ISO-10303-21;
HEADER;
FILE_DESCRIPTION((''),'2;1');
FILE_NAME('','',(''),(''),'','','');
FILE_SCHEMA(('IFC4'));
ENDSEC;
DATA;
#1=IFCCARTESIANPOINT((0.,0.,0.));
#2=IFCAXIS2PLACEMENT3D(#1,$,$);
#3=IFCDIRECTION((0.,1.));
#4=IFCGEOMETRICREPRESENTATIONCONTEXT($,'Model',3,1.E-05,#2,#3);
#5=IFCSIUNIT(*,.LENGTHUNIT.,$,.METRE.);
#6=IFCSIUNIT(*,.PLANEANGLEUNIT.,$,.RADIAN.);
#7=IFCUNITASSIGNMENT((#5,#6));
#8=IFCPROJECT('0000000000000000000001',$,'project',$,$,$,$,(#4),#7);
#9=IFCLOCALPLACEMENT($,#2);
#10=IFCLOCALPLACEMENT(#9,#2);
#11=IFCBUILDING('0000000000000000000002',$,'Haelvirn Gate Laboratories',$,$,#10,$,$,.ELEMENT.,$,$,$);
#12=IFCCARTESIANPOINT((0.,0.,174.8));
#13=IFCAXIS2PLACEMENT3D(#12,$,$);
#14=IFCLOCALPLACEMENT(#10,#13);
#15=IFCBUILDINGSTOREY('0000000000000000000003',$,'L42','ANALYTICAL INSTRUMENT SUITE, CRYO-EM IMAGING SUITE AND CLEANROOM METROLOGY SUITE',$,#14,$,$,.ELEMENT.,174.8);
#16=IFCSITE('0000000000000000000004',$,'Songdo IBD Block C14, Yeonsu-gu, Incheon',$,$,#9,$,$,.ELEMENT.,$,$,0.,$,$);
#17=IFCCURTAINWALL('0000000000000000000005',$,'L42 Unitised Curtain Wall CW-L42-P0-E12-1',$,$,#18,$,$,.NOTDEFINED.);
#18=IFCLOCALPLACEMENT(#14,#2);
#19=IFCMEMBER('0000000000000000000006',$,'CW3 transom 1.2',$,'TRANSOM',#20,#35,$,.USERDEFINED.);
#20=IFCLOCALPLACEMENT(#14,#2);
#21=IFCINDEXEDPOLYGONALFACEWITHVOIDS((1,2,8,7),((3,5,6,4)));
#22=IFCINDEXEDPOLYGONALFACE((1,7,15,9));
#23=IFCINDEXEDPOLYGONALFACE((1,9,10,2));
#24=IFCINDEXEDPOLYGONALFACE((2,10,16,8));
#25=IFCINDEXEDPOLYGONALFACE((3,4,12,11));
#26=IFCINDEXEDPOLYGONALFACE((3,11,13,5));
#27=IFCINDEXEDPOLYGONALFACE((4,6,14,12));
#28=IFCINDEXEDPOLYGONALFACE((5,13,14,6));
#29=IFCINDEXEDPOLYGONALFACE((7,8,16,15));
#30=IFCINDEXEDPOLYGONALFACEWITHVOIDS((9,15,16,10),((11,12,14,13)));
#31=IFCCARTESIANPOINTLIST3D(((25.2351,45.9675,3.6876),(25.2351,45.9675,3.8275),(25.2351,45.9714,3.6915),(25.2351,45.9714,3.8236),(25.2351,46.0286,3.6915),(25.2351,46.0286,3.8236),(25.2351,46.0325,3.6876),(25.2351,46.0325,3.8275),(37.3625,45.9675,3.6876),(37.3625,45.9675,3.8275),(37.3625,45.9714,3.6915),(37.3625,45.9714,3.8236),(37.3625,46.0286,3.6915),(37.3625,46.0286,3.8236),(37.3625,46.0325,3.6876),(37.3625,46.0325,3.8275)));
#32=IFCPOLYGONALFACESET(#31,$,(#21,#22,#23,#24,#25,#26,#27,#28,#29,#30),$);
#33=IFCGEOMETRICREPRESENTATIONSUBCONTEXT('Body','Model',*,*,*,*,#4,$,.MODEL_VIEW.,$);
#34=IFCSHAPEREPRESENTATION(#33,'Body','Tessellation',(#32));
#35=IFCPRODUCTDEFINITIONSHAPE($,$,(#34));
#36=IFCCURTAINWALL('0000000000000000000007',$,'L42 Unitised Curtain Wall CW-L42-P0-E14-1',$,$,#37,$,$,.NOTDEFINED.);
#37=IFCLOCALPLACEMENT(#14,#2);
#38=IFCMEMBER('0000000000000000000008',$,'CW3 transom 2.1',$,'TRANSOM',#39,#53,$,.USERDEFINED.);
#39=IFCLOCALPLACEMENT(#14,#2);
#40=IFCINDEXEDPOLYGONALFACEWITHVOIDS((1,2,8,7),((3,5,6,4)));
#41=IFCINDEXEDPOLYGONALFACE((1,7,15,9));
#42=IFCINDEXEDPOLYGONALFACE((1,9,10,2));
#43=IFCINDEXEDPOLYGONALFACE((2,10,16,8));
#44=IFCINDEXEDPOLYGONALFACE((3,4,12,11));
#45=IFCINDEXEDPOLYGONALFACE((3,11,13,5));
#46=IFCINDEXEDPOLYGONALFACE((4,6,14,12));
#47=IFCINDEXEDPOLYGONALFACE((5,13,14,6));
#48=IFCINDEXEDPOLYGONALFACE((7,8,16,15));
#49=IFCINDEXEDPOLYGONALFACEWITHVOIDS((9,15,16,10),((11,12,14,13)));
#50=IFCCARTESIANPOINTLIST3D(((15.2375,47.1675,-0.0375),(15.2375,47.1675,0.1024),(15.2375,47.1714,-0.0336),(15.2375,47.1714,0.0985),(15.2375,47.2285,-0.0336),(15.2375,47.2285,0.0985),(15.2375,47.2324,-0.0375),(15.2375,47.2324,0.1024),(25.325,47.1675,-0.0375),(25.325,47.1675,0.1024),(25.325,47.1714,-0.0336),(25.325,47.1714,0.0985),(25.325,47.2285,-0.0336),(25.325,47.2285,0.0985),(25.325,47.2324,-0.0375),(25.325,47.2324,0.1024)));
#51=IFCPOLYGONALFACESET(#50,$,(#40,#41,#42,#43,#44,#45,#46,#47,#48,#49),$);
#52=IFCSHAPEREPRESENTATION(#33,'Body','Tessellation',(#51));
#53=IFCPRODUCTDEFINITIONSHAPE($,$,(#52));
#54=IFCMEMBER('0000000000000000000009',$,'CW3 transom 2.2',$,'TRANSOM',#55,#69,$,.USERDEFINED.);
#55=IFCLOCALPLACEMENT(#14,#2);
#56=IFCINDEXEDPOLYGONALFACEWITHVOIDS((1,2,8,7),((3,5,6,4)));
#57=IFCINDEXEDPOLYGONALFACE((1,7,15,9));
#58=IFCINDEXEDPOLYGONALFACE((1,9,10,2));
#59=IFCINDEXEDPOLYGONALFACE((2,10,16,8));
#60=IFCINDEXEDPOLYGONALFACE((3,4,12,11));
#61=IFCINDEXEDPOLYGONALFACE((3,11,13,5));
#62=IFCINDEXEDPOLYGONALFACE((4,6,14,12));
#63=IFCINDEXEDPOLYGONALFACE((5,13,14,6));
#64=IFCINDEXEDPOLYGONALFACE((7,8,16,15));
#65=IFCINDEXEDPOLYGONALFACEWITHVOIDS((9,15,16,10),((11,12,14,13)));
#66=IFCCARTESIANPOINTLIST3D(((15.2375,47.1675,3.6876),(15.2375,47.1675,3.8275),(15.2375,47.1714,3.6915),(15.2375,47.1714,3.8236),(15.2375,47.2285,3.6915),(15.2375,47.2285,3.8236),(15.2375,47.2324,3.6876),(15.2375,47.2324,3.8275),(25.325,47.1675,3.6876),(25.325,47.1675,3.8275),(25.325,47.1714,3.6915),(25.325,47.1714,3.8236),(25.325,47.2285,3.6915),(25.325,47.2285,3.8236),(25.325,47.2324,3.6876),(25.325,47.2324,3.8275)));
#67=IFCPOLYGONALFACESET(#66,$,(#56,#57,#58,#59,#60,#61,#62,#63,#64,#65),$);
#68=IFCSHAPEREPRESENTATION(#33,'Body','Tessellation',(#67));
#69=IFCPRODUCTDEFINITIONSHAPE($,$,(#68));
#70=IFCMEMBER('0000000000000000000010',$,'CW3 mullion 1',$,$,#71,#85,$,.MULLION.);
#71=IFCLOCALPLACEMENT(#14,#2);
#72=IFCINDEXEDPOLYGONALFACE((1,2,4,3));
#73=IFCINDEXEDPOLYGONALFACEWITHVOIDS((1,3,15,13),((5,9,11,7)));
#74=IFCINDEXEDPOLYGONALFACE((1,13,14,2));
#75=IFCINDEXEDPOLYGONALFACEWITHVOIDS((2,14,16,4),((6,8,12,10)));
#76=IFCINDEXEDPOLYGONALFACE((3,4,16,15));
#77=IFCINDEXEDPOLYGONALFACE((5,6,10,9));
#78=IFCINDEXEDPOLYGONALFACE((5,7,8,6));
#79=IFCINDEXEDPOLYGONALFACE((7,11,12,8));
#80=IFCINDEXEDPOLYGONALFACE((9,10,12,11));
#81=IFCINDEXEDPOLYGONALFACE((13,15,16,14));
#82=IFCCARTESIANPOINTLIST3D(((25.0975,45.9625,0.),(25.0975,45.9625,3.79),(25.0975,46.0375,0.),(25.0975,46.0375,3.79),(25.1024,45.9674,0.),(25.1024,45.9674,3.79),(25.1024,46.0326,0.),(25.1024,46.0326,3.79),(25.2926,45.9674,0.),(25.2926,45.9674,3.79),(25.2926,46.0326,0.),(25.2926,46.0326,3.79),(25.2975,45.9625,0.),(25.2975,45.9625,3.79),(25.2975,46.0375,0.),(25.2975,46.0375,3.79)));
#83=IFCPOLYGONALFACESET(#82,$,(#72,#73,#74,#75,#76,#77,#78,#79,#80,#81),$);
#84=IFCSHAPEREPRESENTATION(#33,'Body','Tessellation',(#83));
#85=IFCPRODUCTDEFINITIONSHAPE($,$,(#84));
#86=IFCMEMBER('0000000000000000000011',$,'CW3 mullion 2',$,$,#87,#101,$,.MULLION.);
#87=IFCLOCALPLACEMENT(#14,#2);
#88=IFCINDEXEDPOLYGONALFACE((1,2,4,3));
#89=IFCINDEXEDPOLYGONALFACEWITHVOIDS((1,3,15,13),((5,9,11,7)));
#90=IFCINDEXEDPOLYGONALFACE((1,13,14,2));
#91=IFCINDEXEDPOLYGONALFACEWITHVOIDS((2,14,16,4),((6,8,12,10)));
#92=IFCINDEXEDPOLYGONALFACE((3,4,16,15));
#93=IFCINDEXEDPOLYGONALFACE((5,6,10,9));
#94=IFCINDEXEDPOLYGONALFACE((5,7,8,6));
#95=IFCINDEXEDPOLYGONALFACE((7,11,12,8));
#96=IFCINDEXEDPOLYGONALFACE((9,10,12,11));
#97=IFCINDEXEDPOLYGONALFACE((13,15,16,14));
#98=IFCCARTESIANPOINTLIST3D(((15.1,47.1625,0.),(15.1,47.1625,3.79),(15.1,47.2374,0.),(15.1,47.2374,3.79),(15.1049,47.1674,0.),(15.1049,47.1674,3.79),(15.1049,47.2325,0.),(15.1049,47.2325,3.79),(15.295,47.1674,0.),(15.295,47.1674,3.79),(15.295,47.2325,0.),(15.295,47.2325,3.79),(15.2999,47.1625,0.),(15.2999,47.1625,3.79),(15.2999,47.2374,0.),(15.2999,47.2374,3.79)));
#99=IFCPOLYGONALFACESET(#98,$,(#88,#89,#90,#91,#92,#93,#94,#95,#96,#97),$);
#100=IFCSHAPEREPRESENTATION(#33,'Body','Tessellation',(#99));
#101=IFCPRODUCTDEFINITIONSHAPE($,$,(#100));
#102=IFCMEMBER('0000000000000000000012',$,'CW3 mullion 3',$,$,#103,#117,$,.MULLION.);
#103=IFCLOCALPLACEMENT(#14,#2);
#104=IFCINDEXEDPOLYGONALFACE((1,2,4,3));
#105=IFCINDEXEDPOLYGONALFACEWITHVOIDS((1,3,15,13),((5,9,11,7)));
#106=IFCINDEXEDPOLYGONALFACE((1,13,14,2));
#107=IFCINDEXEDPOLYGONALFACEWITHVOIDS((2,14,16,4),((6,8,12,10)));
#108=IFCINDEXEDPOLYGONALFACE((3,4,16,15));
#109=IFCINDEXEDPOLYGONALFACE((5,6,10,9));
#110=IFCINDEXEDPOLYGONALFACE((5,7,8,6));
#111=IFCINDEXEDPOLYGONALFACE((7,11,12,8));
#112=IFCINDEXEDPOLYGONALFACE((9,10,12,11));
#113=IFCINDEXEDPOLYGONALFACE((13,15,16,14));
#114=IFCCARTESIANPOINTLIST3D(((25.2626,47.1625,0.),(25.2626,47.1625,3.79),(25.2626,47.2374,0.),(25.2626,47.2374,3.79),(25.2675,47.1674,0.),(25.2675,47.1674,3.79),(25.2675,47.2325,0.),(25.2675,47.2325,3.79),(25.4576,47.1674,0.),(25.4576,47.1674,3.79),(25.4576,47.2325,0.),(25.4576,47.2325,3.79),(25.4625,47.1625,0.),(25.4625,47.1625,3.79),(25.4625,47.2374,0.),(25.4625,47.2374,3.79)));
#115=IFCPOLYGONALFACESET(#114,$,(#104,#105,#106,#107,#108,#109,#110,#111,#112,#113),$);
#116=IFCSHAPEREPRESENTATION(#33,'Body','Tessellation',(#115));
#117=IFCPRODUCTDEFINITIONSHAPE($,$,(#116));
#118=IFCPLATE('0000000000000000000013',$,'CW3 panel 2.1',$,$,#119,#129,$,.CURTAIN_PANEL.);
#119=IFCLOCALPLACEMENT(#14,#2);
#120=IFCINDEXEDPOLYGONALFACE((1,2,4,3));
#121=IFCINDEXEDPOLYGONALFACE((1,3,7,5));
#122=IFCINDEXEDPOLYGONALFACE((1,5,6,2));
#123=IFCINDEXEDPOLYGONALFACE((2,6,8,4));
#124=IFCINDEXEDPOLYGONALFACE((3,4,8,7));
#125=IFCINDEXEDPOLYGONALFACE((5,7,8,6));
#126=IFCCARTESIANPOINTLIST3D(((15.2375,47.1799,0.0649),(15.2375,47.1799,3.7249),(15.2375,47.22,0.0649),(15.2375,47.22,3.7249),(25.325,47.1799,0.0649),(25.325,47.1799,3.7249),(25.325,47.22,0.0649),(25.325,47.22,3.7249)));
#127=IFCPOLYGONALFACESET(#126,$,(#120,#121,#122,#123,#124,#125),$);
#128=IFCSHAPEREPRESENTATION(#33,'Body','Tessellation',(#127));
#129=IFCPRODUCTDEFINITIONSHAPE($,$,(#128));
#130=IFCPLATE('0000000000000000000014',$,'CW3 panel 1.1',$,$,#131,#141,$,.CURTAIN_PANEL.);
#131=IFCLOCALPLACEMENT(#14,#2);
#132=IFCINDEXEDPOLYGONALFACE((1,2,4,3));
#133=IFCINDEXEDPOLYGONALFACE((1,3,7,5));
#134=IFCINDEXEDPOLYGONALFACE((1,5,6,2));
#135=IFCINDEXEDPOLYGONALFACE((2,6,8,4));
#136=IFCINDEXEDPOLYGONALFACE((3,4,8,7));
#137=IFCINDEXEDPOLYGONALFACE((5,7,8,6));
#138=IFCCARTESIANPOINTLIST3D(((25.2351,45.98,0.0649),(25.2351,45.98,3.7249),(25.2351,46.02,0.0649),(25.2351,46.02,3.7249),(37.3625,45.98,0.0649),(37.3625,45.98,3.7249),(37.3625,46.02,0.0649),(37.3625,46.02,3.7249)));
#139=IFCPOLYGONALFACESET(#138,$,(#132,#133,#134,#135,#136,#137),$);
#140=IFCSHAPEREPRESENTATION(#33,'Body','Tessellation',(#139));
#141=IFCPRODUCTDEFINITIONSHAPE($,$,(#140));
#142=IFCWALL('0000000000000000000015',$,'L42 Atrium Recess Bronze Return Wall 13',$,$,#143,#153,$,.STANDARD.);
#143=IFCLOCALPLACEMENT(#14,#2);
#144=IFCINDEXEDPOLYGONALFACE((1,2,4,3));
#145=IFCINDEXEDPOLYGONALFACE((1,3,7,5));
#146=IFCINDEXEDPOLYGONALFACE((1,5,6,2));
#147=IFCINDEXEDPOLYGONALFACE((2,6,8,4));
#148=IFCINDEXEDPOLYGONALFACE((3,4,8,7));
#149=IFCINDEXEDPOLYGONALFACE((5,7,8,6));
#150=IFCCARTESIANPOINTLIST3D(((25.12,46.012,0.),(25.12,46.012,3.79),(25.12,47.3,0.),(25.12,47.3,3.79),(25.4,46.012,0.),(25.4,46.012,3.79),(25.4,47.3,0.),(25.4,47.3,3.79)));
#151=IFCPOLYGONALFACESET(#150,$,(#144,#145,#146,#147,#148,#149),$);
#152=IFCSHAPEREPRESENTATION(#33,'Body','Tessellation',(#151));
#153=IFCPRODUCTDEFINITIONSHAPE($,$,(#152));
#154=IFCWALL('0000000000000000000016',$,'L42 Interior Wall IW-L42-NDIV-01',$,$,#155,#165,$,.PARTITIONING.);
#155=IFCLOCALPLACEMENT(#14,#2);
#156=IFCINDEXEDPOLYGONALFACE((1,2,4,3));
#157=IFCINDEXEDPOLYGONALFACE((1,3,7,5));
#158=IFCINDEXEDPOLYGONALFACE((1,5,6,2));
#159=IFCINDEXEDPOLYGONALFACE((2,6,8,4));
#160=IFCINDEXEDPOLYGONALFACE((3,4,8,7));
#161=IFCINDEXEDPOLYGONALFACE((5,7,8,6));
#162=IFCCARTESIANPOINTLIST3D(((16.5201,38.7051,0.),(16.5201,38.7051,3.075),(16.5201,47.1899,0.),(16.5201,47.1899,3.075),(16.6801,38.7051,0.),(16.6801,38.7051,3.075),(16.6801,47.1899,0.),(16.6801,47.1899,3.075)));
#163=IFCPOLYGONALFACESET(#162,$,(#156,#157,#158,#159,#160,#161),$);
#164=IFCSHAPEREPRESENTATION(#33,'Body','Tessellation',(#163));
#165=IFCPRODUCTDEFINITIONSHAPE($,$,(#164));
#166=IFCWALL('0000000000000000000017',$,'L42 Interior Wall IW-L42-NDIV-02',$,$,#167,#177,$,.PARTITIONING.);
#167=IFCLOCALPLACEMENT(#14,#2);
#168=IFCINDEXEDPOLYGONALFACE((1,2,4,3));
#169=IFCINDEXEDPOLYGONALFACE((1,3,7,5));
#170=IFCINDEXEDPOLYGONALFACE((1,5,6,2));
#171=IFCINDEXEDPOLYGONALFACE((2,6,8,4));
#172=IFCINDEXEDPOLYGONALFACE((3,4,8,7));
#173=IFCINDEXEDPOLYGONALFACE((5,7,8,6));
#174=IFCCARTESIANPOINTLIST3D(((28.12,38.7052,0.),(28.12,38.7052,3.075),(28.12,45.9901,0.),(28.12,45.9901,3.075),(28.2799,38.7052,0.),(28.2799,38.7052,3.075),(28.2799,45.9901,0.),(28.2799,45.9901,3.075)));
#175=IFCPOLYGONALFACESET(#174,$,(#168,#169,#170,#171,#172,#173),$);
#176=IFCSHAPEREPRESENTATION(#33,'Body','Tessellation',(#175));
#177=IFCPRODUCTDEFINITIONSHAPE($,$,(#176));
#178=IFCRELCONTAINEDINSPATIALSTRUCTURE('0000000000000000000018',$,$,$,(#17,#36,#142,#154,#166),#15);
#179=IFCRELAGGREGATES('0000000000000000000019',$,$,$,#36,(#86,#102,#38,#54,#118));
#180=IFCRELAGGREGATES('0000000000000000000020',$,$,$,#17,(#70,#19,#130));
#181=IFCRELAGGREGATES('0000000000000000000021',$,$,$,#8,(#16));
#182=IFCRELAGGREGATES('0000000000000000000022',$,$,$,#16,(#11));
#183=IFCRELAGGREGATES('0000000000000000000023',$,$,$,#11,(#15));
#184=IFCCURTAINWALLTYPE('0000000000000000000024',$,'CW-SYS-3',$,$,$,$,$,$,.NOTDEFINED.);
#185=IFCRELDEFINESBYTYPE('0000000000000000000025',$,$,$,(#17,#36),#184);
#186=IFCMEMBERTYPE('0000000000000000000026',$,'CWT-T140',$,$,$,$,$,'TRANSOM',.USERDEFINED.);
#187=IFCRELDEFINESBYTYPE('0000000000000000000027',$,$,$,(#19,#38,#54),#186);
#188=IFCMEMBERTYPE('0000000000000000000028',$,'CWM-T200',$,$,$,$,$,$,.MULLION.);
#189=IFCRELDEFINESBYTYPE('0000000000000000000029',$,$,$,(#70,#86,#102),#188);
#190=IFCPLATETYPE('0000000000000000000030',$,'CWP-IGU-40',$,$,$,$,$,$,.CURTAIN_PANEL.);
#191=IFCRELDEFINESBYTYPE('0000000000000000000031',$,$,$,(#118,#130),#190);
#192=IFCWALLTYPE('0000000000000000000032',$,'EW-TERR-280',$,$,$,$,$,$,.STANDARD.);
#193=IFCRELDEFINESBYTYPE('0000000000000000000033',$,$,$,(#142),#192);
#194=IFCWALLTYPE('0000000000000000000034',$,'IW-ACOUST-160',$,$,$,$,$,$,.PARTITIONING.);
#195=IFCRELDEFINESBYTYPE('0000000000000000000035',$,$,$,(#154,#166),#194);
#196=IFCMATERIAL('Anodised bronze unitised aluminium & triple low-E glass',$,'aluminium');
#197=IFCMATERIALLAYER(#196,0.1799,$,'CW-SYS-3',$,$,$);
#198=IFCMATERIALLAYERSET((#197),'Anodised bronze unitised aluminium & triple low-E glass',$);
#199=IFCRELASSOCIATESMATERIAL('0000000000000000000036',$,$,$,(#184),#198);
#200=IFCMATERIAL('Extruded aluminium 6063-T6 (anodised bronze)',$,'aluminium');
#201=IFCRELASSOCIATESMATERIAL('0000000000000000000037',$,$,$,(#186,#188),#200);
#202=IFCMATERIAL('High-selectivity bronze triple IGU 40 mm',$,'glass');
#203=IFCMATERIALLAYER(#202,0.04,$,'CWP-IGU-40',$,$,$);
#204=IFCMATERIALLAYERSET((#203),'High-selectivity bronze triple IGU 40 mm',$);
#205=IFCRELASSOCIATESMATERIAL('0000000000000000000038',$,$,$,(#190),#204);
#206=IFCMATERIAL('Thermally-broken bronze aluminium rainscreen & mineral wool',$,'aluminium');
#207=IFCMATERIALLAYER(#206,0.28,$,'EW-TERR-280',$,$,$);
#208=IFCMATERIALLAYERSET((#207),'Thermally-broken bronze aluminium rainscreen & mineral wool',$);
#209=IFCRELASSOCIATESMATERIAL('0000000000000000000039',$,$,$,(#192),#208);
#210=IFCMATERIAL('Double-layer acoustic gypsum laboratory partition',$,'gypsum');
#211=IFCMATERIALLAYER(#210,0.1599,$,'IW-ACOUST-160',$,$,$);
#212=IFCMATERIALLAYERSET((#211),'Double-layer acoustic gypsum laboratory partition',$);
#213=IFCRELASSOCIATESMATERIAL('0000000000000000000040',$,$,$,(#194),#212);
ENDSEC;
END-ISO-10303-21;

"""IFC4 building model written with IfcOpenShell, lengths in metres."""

from ifc_helpers import new_model, si_unit, direction, frame, frame_2d, origin, origin_2d, place, context, subcontext, project, spatial, rectangle, hollow_rectangle, extrude, source, transform, mapped, material, layer, layer_set, material_profile, profile_set, type_object, type_shapes, element, aggregate, save


model = new_model("IFC4")

# Units and contexts
model_context = context("Model", 3, precision=1e-05, world=origin(), true_north=direction((0.0, 1.0)))
body_context = subcontext(model_context, "Body", "Model", "MODEL_VIEW")
ifc_project = project(units=[si_unit("LENGTHUNIT", "METRE"), si_unit("PLANEANGLEUNIT", "RADIAN")], contexts=[model_context])

# Site, building, storey
site_placement = place(None, origin())
site = spatial("IfcSite", under=ifc_project, at=site_placement, Name="Songdo IBD Block C14, Yeonsu-gu, Incheon", CompositionType="ELEMENT", RefElevation=0.0)
building_placement = place(site_placement, origin())
building = spatial("IfcBuilding", under=site, at=building_placement, Name="Haelvirn Gate Laboratories", CompositionType="ELEMENT")
storey_placement = place(building_placement, frame((0.0, 0.0, 174.8)))
storey = spatial("IfcBuildingStorey", under=building, at=storey_placement, Name="L42", Description="ANALYTICAL INSTRUMENT SUITE, CRYO-EM IMAGING SUITE AND CLEANROOM METROLOGY SUITE", CompositionType="ELEMENT", Elevation=174.8)

# Curtain walls, members
ifc_material_1 = material(Name="Anodised bronze unitised aluminium & triple low-E glass", Category="aluminium")
ifc_layer_1 = layer(ifc_material_1, 0.1799, Name="CW-SYS-3")
ifc_layer_set_1 = layer_set([ifc_layer_1], Name="Anodised bronze unitised aluminium & triple low-E glass")
curtain_wall_type = type_object("IfcCurtainWallType", Name="CW-SYS-3", PredefinedType="NOTDEFINED", material=ifc_layer_set_1)
curtain_wall_1_placement = place(storey_placement, origin())
curtain_wall_1 = element("IfcCurtainWall", 1, at=curtain_wall_1_placement, inside=storey, type_object=curtain_wall_type, Name="L42 Unitised Curtain Wall CW-L42-P0-E12-1", PredefinedType="NOTDEFINED")
ifc_material_2 = material(Name="Extruded aluminium 6063-T6 (anodised bronze)", Category="aluminium")
ifc_material_profile_1 = material_profile(ifc_material_2, hollow_rectangle(XDim=0.0649, YDim=0.1399, WallThickness=0.0039, at=origin_2d()), Name="CWT-140x65x4")
ifc_profile_set_1 = profile_set([ifc_material_profile_1], Name="Extruded aluminium 6063-T6 (anodised bronze)")
member_type_1 = type_object("IfcMemberType", Name="CWT-T140", ElementType="TRANSOM", PredefinedType="USERDEFINED", material=ifc_profile_set_1)
shared_shape_1 = source(origin(), body_context, "Body", "SweptSolid", [
    extrude(hollow_rectangle(XDim=0.0649, YDim=0.1399, WallThickness=0.0039, at=origin_2d()), origin(), (0.0, 0.0, 1.0), 12.1274),
])
member_1_placement = place(storey_placement, frame((25.2351, 46.0, 3.7576), z_axis=(1.0, 0.0, 0.0), x_axis=(0.0, 1.0, 0.0)))
member_1 = element("IfcMember", 2, at=member_1_placement, type_object=member_type_1, Name="CW3 transom 1.2", ObjectType="TRANSOM", PredefinedType="USERDEFINED", context=body_context, shape_type="MappedRepresentation", body=[
    mapped(shared_shape_1, transform((0.0, 0.0, 0.0), scale=1.0)),
])
curtain_wall_2_placement = place(storey_placement, origin())
curtain_wall_2 = element("IfcCurtainWall", 3, at=curtain_wall_2_placement, inside=storey, type_object=curtain_wall_type, Name="L42 Unitised Curtain Wall CW-L42-P0-E14-1", PredefinedType="NOTDEFINED")
shared_shape_2 = source(origin(), body_context, "Body", "SweptSolid", [
    extrude(hollow_rectangle(XDim=0.0649, YDim=0.1399, WallThickness=0.0039, at=origin_2d()), origin(), (0.0, 0.0, 1.0), 10.0874),
])
type_shapes(member_type_1, [shared_shape_1, shared_shape_2])
member_2_placement = place(storey_placement, frame((15.2375, 47.2, 0.0325), z_axis=(1.0, 0.0, 0.0), x_axis=(0.0, 1.0, 0.0)))
member_2 = element("IfcMember", 4, at=member_2_placement, type_object=member_type_1, Name="CW3 transom 2.1", ObjectType="TRANSOM", PredefinedType="USERDEFINED", context=body_context, shape_type="MappedRepresentation", body=[
    mapped(shared_shape_2, transform((0.0, 0.0, 0.0), scale=1.0)),
])
member_3_placement = place(storey_placement, frame((15.2375, 47.2, 3.7576), z_axis=(1.0, 0.0, 0.0), x_axis=(0.0, 1.0, 0.0)))
member_3 = element("IfcMember", 5, at=member_3_placement, type_object=member_type_1, Name="CW3 transom 2.2", ObjectType="TRANSOM", PredefinedType="USERDEFINED", context=body_context, shape_type="MappedRepresentation", body=[
    mapped(shared_shape_2, transform((0.0, 0.0, 0.0), scale=1.0)),
])

# Members
ifc_material_profile_2 = material_profile(ifc_material_2, hollow_rectangle(XDim=0.075, YDim=0.2, WallThickness=0.0049, at=origin_2d()), Name="CWM-200x75x5")
ifc_profile_set_2 = profile_set([ifc_material_profile_2], Name="Extruded aluminium 6063-T6 (anodised bronze)")
member_type_2 = type_object("IfcMemberType", Name="CWM-T200", PredefinedType="MULLION", material=ifc_profile_set_2)
shared_shape_3 = source(origin(), body_context, "Body", "SweptSolid", [
    extrude(hollow_rectangle(XDim=0.075, YDim=0.2, WallThickness=0.0049, at=origin_2d()), origin(), (0.0, 0.0, 1.0), 3.79),
])
type_shapes(member_type_2, [shared_shape_3])
member_4_placement = place(storey_placement, frame((25.1975, 46.0, 0.0), z_axis=(0.0, 0.0, 1.0), x_axis=(0.0, 1.0, 0.0)))
member_4 = element("IfcMember", 6, at=member_4_placement, type_object=member_type_2, Name="CW3 mullion 1", PredefinedType="MULLION", context=body_context, shape_type="MappedRepresentation", body=[
    mapped(shared_shape_3, transform((0.0, 0.0, 0.0), scale=1.0)),
])
member_5_placement = place(storey_placement, frame((15.2, 47.2, 0.0), z_axis=(0.0, 0.0, 1.0), x_axis=(0.0, 1.0, 0.0)))
member_5 = element("IfcMember", 7, at=member_5_placement, type_object=member_type_2, Name="CW3 mullion 2", PredefinedType="MULLION", context=body_context, shape_type="MappedRepresentation", body=[
    mapped(shared_shape_3, transform((0.0, 0.0, 0.0), scale=1.0)),
])
member_6_placement = place(storey_placement, frame((25.3625, 47.2, 0.0), z_axis=(0.0, 0.0, 1.0), x_axis=(0.0, 1.0, 0.0)))
member_6 = element("IfcMember", 8, at=member_6_placement, type_object=member_type_2, Name="CW3 mullion 3", PredefinedType="MULLION", context=body_context, shape_type="MappedRepresentation", body=[
    mapped(shared_shape_3, transform((0.0, 0.0, 0.0), scale=1.0)),
])

# Plates
ifc_material_3 = material(Name="High-selectivity bronze triple IGU 40 mm", Category="glass")
ifc_layer_2 = layer(ifc_material_3, 0.04, Name="CWP-IGU-40")
ifc_layer_set_2 = layer_set([ifc_layer_2], Name="High-selectivity bronze triple IGU 40 mm")
plate_type = type_object("IfcPlateType", Name="CWP-IGU-40", PredefinedType="CURTAIN_PANEL", material=ifc_layer_set_2)
shared_shape_4 = source(origin(), body_context, "Body", "SweptSolid", [
    extrude(rectangle(XDim=10.0874, YDim=0.04, at=origin_2d()), origin(), (0.0, 0.0, 1.0), 3.6599),
])
plate_1_placement = place(storey_placement, frame((20.2812, 47.2, 0.0649), z_axis=(0.0, 0.0, 1.0), x_axis=(1.0, 0.0, 0.0)))
plate_1 = element("IfcPlate", 9, at=plate_1_placement, type_object=plate_type, Name="CW3 panel 2.1", PredefinedType="CURTAIN_PANEL", context=body_context, shape_type="MappedRepresentation", body=[
    mapped(shared_shape_4, transform((0.0, 0.0, 0.0), scale=1.0)),
])
aggregate(curtain_wall_2, [member_5, member_6, member_2, member_3, plate_1])
shared_shape_5 = source(origin(), body_context, "Body", "SweptSolid", [
    extrude(rectangle(XDim=12.1274, YDim=0.04, at=origin_2d()), origin(), (0.0, 0.0, 1.0), 3.6599),
])
type_shapes(plate_type, [shared_shape_4, shared_shape_5])
plate_2_placement = place(storey_placement, frame((31.2988, 46.0, 0.0649), z_axis=(0.0, 0.0, 1.0), x_axis=(1.0, 0.0, 0.0)))
plate_2 = element("IfcPlate", 10, at=plate_2_placement, type_object=plate_type, Name="CW3 panel 1.1", PredefinedType="CURTAIN_PANEL", context=body_context, shape_type="MappedRepresentation", body=[
    mapped(shared_shape_5, transform((0.0, 0.0, 0.0), scale=1.0)),
])
aggregate(curtain_wall_1, [member_4, member_1, plate_2])

# Walls
ifc_material_4 = material(Name="Thermally-broken bronze aluminium rainscreen & mineral wool", Category="aluminium")
ifc_layer_3 = layer(ifc_material_4, 0.28, Name="EW-TERR-280")
ifc_layer_set_3 = layer_set([ifc_layer_3], Name="Thermally-broken bronze aluminium rainscreen & mineral wool")
wall_type_1 = type_object("IfcWallType", Name="EW-TERR-280", PredefinedType="STANDARD", material=ifc_layer_set_3)
wall_1_placement = place(storey_placement, frame((25.26, 46.012, 0.0), z_axis=(0.0, 0.0, 1.0), x_axis=(0.0, 1.0, 0.0)))
element("IfcWall", 11, at=wall_1_placement, inside=storey, type_object=wall_type_1, Name="L42 Atrium Recess Bronze Return Wall 13", PredefinedType="STANDARD", context=body_context, shape_type="SweptSolid", body=[
    extrude(rectangle(XDim=1.2881, YDim=0.28, at=frame_2d((0.644, 0.0))), origin(), (0.0, 0.0, 1.0), 3.79),
])
ifc_material_5 = material(Name="Double-layer acoustic gypsum laboratory partition", Category="gypsum")
ifc_layer_4 = layer(ifc_material_5, 0.1599, Name="IW-ACOUST-160")
ifc_layer_set_4 = layer_set([ifc_layer_4], Name="Double-layer acoustic gypsum laboratory partition")
wall_type_2 = type_object("IfcWallType", Name="IW-ACOUST-160", PredefinedType="PARTITIONING", material=ifc_layer_set_4)
wall_2_placement = place(storey_placement, frame((16.6001, 38.7051, 0.0), z_axis=(0.0, 0.0, 1.0), x_axis=(0.0, 1.0, 0.0)))
element("IfcWall", 12, at=wall_2_placement, inside=storey, type_object=wall_type_2, Name="L42 Interior Wall IW-L42-NDIV-01", PredefinedType="PARTITIONING", context=body_context, shape_type="SweptSolid", body=[
    extrude(rectangle(XDim=8.4849, YDim=0.1599, at=frame_2d((4.2424, 0.0))), origin(), (0.0, 0.0, 1.0), 3.075),
])
wall_3_placement = place(storey_placement, frame((28.2, 38.7051, 0.0), z_axis=(0.0, 0.0, 1.0), x_axis=(0.0, 1.0, 0.0)))
element("IfcWall", 13, at=wall_3_placement, inside=storey, type_object=wall_type_2, Name="L42 Interior Wall IW-L42-NDIV-02", PredefinedType="PARTITIONING", context=body_context, shape_type="SweptSolid", body=[
    extrude(rectangle(XDim=7.2849, YDim=0.1599, at=frame_2d((3.6426, 0.0))), origin(), (0.0, 0.0, 1.0), 3.075),
])

save(model, "model.ifc")
